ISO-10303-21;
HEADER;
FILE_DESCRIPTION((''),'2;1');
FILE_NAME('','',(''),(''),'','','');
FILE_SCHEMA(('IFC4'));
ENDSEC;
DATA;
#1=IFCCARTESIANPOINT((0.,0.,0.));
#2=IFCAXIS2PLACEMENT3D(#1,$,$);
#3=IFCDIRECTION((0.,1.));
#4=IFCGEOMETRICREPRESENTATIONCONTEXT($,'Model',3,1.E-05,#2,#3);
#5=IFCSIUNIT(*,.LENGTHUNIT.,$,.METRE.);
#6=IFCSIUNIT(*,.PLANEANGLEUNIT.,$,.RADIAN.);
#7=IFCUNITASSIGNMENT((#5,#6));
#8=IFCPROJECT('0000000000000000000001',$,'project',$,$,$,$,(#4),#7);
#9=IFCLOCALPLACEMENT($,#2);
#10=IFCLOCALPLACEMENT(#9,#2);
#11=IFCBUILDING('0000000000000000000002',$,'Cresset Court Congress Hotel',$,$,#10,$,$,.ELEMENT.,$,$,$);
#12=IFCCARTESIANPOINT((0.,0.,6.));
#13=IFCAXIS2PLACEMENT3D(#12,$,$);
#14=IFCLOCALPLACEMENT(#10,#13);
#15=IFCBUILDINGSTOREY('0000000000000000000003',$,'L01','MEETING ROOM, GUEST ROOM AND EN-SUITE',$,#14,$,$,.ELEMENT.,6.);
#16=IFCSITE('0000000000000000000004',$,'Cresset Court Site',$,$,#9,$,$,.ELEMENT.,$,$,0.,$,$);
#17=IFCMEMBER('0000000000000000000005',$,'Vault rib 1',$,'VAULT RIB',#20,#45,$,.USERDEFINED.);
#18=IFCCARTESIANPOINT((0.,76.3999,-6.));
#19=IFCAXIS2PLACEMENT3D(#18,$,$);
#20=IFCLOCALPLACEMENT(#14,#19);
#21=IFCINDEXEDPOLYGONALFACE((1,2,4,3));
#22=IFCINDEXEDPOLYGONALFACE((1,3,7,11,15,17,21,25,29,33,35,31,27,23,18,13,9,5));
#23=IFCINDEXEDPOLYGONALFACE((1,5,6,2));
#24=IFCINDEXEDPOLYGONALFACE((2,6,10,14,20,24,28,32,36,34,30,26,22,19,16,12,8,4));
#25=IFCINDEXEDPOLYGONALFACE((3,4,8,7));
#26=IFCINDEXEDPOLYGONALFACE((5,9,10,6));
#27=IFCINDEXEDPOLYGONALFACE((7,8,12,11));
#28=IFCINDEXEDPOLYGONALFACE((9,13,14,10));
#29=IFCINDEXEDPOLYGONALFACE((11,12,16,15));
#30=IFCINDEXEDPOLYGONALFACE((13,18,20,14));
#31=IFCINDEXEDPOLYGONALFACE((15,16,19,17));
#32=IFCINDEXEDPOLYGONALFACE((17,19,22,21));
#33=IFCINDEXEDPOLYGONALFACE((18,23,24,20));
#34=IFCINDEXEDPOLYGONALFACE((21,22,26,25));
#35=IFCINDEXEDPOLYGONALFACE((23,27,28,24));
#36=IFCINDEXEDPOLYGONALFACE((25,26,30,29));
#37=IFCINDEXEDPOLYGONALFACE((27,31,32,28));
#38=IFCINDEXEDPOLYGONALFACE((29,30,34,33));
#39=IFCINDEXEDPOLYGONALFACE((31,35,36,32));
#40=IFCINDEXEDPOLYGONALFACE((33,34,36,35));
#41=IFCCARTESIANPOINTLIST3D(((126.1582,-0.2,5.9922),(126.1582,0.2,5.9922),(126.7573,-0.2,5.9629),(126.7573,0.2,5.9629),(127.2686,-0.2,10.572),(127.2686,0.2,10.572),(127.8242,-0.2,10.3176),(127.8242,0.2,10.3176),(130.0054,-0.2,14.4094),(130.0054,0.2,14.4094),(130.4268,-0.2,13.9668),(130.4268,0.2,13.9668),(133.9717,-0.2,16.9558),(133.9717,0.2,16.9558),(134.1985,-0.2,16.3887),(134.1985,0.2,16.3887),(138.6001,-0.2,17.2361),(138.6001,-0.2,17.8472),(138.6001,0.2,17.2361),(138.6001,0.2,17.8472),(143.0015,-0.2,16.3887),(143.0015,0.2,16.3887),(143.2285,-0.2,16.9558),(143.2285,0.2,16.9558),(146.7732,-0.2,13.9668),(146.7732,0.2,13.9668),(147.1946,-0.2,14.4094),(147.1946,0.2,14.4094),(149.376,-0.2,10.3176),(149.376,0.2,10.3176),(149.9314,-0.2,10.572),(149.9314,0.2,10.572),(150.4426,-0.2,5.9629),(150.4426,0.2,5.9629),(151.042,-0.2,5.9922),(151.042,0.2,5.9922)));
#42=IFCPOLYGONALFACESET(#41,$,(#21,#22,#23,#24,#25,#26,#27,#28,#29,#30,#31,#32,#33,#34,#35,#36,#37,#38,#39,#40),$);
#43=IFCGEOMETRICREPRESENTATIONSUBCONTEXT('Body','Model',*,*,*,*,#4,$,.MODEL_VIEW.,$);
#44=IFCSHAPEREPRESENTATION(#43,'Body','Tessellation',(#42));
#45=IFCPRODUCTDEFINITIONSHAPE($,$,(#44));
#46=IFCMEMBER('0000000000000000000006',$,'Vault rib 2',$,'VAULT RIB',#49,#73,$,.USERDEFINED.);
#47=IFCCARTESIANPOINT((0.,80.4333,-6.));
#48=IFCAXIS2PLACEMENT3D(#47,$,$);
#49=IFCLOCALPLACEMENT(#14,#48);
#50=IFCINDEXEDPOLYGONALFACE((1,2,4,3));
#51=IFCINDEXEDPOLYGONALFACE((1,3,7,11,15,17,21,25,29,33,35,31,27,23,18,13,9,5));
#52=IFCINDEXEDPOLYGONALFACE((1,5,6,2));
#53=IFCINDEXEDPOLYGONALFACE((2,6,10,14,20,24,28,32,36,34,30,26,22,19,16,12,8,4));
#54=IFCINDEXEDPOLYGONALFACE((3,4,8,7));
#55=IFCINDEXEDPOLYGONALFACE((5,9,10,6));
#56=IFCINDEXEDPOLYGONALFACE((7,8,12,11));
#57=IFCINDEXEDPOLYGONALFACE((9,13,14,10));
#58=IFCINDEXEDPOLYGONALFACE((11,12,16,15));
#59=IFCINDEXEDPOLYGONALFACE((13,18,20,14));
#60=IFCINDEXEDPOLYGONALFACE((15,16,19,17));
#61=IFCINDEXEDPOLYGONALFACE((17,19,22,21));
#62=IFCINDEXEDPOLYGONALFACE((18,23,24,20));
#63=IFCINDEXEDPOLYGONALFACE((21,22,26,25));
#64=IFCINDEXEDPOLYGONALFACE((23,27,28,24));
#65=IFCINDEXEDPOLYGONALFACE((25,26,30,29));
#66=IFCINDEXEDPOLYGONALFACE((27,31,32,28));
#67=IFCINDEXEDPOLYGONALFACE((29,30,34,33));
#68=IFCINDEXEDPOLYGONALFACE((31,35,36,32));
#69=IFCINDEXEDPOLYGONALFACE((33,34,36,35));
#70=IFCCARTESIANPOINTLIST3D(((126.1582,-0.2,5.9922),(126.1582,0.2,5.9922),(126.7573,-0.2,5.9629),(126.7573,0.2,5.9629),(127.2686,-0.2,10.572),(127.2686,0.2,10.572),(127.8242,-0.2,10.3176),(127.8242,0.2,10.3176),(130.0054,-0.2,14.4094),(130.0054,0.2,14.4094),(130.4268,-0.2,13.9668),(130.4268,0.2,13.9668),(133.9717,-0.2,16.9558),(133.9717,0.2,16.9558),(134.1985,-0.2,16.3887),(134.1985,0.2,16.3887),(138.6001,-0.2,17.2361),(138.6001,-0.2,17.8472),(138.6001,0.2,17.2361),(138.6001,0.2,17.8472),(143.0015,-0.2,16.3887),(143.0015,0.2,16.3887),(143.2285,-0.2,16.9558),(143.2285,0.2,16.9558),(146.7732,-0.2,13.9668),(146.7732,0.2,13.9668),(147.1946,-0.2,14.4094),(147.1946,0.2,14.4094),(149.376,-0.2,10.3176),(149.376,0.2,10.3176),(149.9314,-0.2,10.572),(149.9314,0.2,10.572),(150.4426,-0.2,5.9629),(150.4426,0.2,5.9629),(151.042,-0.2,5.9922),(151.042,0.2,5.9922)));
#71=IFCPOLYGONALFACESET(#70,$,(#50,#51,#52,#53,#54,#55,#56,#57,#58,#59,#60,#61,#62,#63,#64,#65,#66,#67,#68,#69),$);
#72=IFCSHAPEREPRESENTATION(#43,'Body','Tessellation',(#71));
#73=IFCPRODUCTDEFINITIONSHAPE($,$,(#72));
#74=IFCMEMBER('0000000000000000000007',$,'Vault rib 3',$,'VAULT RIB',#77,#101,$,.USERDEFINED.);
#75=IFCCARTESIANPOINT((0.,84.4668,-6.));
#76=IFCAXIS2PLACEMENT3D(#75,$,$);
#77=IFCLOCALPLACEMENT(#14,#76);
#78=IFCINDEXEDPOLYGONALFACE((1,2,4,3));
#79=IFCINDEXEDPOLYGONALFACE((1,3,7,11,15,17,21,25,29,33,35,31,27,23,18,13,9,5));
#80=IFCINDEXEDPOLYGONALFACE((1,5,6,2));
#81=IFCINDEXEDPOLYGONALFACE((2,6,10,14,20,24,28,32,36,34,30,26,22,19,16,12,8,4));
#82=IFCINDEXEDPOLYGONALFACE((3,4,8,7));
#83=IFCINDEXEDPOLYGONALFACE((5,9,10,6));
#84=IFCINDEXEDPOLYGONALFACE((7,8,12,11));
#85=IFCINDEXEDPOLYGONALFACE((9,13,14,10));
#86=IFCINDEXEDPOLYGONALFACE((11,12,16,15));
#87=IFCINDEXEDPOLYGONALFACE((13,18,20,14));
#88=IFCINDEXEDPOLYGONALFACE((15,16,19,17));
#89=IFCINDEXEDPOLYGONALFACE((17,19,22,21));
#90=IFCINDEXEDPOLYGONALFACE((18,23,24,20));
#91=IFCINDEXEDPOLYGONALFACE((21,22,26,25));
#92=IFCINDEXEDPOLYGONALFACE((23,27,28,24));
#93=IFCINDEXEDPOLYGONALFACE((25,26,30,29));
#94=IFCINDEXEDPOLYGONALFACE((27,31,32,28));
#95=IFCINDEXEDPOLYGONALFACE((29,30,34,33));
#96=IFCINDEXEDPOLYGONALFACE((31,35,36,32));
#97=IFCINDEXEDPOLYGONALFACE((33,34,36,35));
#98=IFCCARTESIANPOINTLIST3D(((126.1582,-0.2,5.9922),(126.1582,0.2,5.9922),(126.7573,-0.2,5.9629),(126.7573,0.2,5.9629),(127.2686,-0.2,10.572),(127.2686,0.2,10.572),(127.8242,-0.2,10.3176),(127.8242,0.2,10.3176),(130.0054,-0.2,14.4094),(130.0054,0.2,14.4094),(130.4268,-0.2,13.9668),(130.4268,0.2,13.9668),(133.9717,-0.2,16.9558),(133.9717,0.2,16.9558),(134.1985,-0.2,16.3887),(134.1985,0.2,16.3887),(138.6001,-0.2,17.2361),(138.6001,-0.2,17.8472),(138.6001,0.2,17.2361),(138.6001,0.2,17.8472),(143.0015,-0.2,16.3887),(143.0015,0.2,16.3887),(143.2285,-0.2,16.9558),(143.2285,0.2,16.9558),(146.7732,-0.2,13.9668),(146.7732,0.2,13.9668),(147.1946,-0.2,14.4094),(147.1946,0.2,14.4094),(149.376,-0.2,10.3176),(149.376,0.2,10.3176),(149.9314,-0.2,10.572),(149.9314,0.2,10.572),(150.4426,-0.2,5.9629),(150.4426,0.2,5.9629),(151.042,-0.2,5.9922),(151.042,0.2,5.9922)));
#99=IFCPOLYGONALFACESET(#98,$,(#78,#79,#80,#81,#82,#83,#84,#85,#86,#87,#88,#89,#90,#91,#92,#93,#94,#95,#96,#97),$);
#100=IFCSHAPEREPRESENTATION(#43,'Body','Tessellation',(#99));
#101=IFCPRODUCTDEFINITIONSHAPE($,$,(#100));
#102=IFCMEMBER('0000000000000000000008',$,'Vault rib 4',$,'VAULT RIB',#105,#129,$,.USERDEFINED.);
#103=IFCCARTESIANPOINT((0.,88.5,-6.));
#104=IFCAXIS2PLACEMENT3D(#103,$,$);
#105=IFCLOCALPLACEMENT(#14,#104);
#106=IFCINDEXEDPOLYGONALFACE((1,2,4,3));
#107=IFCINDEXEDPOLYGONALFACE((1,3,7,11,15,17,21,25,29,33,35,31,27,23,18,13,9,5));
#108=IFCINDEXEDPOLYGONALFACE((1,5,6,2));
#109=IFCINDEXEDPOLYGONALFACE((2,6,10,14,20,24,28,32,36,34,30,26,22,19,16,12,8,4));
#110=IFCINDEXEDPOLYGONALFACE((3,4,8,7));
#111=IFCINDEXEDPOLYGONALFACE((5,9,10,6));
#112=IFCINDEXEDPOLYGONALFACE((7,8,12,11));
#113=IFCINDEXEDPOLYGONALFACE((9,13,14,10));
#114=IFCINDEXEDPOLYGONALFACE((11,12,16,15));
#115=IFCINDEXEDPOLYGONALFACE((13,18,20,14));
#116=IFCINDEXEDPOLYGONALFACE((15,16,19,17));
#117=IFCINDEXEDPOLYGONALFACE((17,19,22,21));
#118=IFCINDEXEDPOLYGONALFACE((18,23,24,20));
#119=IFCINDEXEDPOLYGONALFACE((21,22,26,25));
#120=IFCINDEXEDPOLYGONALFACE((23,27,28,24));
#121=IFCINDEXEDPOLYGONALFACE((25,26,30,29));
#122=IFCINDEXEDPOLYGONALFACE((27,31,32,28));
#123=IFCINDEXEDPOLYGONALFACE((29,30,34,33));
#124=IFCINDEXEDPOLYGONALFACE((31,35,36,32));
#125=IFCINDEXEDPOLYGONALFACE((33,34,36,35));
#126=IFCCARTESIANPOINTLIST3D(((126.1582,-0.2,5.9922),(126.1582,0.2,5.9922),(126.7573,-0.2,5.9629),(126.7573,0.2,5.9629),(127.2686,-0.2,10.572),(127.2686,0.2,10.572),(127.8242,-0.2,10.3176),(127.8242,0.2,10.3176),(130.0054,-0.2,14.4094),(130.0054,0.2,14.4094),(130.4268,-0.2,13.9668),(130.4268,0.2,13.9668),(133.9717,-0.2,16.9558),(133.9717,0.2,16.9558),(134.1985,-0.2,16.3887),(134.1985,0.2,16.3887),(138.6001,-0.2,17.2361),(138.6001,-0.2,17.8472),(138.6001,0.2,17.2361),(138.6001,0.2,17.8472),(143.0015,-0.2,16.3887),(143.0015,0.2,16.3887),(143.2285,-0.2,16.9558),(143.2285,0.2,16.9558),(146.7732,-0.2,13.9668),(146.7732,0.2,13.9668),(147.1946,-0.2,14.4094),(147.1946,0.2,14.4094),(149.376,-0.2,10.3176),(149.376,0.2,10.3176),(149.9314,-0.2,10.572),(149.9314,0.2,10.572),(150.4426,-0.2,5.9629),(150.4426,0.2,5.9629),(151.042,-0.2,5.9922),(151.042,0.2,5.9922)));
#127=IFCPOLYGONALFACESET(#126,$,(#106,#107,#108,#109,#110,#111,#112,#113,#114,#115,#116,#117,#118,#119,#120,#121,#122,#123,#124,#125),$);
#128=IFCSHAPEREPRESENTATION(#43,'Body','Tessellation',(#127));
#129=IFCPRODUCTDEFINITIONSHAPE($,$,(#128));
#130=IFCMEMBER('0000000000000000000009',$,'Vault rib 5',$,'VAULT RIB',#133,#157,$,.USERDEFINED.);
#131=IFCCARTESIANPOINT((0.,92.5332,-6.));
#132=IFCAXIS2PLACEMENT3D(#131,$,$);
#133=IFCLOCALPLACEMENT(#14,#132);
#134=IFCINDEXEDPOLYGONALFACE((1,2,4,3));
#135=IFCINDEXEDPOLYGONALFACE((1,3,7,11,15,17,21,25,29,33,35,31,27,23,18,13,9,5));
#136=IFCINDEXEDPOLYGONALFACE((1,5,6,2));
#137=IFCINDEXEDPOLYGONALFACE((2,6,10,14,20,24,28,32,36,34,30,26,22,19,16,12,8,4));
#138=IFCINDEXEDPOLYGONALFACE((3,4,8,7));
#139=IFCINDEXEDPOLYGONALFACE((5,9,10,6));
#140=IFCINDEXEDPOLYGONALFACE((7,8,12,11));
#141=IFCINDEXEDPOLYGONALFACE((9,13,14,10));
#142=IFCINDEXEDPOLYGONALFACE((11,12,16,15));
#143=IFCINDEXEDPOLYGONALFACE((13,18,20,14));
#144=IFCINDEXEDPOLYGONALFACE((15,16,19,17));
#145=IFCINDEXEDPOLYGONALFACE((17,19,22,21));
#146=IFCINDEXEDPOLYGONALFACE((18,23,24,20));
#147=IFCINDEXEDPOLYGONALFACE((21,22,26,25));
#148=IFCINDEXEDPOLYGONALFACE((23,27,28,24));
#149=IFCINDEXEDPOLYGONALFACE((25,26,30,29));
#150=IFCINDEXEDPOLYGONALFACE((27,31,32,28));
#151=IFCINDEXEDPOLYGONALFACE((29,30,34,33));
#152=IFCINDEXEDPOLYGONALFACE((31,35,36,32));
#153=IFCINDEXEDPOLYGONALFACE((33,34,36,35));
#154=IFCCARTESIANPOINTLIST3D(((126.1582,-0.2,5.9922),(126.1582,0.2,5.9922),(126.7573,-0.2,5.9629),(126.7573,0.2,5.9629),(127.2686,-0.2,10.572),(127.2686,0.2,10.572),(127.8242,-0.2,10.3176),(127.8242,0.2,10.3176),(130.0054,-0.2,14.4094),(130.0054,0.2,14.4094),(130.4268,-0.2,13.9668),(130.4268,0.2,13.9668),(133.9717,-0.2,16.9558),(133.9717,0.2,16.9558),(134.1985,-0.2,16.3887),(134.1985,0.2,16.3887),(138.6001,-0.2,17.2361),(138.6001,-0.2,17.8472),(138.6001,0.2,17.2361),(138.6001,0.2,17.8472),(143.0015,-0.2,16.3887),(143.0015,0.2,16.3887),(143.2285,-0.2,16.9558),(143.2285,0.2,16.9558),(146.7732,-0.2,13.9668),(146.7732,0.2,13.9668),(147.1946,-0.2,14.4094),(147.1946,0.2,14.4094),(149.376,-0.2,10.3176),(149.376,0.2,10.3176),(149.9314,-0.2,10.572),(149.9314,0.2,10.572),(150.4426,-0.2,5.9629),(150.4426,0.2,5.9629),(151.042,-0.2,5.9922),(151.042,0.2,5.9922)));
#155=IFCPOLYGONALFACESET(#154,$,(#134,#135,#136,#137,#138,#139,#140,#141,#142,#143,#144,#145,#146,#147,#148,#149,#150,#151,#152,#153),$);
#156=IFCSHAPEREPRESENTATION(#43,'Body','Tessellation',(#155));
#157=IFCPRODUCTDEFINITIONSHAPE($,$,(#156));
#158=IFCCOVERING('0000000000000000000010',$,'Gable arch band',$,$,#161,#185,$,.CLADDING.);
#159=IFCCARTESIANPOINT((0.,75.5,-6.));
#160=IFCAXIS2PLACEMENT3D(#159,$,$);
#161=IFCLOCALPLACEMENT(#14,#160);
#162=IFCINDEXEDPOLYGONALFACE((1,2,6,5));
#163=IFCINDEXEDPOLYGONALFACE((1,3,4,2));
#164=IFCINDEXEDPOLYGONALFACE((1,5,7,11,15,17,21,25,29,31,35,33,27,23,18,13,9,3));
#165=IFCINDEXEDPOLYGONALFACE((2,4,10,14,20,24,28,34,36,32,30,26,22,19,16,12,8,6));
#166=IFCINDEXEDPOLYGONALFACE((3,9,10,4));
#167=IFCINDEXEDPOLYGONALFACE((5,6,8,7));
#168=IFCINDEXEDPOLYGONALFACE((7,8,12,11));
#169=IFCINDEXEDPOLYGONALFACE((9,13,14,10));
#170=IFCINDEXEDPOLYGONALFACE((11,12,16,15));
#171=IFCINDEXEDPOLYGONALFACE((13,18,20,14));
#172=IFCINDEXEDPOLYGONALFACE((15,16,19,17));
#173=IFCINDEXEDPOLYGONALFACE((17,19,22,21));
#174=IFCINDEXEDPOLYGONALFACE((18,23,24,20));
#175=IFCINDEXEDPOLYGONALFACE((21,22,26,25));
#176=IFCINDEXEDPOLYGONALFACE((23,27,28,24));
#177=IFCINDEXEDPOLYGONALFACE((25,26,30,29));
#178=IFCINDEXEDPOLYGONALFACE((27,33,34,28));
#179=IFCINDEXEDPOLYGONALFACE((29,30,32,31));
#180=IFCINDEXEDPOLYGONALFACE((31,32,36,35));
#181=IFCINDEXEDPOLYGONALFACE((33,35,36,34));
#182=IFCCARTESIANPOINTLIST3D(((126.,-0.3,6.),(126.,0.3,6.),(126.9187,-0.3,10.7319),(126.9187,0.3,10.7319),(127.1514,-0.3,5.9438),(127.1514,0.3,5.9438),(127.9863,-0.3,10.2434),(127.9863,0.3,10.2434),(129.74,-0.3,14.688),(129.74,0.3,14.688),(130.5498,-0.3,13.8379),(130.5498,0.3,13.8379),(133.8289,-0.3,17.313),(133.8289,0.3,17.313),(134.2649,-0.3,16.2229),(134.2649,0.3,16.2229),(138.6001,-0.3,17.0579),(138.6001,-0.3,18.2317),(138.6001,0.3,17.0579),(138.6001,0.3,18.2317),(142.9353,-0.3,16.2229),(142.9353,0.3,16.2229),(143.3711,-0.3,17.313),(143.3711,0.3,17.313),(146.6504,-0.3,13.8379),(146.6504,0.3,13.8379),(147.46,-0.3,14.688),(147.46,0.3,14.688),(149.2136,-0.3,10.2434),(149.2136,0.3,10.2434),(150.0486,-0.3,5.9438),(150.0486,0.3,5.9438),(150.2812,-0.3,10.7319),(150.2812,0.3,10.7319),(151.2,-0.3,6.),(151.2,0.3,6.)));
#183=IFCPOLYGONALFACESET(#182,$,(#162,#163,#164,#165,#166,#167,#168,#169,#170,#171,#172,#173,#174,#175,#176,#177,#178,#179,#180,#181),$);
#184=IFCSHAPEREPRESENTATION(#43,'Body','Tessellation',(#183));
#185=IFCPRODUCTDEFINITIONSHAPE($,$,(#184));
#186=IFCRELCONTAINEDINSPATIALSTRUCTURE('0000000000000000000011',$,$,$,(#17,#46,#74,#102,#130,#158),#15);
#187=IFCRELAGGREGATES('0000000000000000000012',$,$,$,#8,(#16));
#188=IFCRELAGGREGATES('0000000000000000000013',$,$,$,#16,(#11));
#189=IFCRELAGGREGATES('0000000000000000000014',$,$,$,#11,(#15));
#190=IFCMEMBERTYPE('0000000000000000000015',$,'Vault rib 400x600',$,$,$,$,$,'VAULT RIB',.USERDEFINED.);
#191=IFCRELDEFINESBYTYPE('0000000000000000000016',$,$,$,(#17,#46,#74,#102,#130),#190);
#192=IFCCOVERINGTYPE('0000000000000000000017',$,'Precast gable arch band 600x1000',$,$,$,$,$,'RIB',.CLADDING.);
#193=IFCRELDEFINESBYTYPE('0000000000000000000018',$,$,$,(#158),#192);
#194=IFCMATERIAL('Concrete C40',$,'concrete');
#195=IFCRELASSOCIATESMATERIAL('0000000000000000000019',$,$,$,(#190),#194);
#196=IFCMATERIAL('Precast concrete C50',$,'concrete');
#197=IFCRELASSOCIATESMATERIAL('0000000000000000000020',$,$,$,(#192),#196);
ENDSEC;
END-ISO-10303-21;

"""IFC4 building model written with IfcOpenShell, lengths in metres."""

from ifc_helpers import new_model, si_unit, direction, frame, origin, origin_2d, place, context, subcontext, project, spatial, polyline, rectangle, outline, extrude, material, material_profile, profile_set, type_object, element, save


model = new_model("IFC4")

# Units and contexts
model_context = context("Model", 3, precision=1e-05, world=origin(), true_north=direction((0.0, 1.0)))
body_context = subcontext(model_context, "Body", "Model", "MODEL_VIEW")
ifc_project = project(units=[si_unit("LENGTHUNIT", "METRE"), si_unit("PLANEANGLEUNIT", "RADIAN")], contexts=[model_context])

# Site, building, storey
site_placement = place(None, origin())
site = spatial("IfcSite", under=ifc_project, at=site_placement, Name="Cresset Court Site", CompositionType="ELEMENT", RefElevation=0.0)
building_placement = place(site_placement, origin())
building = spatial("IfcBuilding", under=site, at=building_placement, Name="Cresset Court Congress Hotel", CompositionType="ELEMENT")
storey_placement = place(building_placement, frame((0.0, 0.0, 6.0)))
storey = spatial("IfcBuildingStorey", under=building, at=storey_placement, Name="L01", Description="MEETING ROOM, GUEST ROOM AND EN-SUITE", CompositionType="ELEMENT", Elevation=6.0)

# Members
ifc_material_1 = material(Name="Concrete C40", Category="concrete")
ifc_material_profile_1 = material_profile(ifc_material_1, rectangle(XDim=0.3999, YDim=0.6001, at=origin_2d()), Name="RC400x600")
ifc_profile_set_1 = profile_set([ifc_material_profile_1], Name="Concrete C40")
member_type = type_object("IfcMemberType", Name="Vault rib 400x600", ElementType="VAULT RIB", PredefinedType="USERDEFINED", material=ifc_profile_set_1)
for number, where, name in (
    (1, (0.0, 76.3999, -6.0), "Vault rib 1"),
    (2, (0.0, 80.4333, -6.0), "Vault rib 2"),
    (3, (0.0, 84.4668, -6.0), "Vault rib 3"),
    (4, (0.0, 88.5, -6.0), "Vault rib 4"),
    (5, (0.0, 92.5332, -6.0), "Vault rib 5"),
):
    element("IfcMember", number, at=place(storey_placement, frame(where)), inside=storey, type_object=member_type, Name=name, ObjectType="VAULT RIB", PredefinedType="USERDEFINED", context=body_context, shape_type="SweptSolid", body=[
        extrude(outline(polyline([(126.1582, 5.9922), (127.2686, 10.572), (130.0054, 14.4094), (133.9717, 16.9558), (138.6001, 17.8472), (143.2285, 16.9558), (147.1946, 14.4094), (149.9314, 10.572), (151.042, 5.9922), (150.4426, 5.9629), (149.376, 10.3176), (146.7732, 13.9668), (143.0015, 16.3887), (138.6001, 17.2361), (134.1985, 16.3887), (130.4268, 13.9668), (127.8242, 10.3176), (126.7573, 5.9629), (126.1582, 5.9922)])), frame((0.0, 0.2, 0.0), z_axis=(0.0, -1.0, 0.0), x_axis=(1.0, 0.0, 0.0)), (0.0, 0.0, 1.0), 0.3999),
    ])

# Covering
ifc_material_2 = material(Name="Precast concrete C50", Category="concrete")
covering_type_1 = type_object("IfcCoveringType", Name="Precast gable arch band 600x1000", ElementType="RIB", PredefinedType="CLADDING", material=ifc_material_2)
covering_1_placement = place(storey_placement, frame((0.0, 75.5, -6.0)))
element("IfcCovering", 6, at=covering_1_placement, inside=storey, type_object=covering_type_1, Name="Gable arch band", PredefinedType="CLADDING", context=body_context, shape_type="SweptSolid", body=[
    extrude(outline(polyline([(126.9187, 10.7319), (129.74, 14.688), (133.8289, 17.313), (138.6001, 18.2317), (143.3711, 17.313), (147.46, 14.688), (150.2812, 10.7319), (151.2, 6.0), (150.0486, 5.9438), (149.2136, 10.2434), (146.6504, 13.8379), (142.9353, 16.2229), (138.6001, 17.0579), (134.2649, 16.2229), (130.5498, 13.8379), (127.9863, 10.2434), (127.1514, 5.9438), (126.0, 6.0), (126.9187, 10.7319)])), frame((0.0, 0.3, 0.0), z_axis=(0.0, -1.0, 0.0), x_axis=(1.0, 0.0, 0.0)), (0.0, 0.0, 1.0), 0.6001),
])

save(model, "model.ifc")
